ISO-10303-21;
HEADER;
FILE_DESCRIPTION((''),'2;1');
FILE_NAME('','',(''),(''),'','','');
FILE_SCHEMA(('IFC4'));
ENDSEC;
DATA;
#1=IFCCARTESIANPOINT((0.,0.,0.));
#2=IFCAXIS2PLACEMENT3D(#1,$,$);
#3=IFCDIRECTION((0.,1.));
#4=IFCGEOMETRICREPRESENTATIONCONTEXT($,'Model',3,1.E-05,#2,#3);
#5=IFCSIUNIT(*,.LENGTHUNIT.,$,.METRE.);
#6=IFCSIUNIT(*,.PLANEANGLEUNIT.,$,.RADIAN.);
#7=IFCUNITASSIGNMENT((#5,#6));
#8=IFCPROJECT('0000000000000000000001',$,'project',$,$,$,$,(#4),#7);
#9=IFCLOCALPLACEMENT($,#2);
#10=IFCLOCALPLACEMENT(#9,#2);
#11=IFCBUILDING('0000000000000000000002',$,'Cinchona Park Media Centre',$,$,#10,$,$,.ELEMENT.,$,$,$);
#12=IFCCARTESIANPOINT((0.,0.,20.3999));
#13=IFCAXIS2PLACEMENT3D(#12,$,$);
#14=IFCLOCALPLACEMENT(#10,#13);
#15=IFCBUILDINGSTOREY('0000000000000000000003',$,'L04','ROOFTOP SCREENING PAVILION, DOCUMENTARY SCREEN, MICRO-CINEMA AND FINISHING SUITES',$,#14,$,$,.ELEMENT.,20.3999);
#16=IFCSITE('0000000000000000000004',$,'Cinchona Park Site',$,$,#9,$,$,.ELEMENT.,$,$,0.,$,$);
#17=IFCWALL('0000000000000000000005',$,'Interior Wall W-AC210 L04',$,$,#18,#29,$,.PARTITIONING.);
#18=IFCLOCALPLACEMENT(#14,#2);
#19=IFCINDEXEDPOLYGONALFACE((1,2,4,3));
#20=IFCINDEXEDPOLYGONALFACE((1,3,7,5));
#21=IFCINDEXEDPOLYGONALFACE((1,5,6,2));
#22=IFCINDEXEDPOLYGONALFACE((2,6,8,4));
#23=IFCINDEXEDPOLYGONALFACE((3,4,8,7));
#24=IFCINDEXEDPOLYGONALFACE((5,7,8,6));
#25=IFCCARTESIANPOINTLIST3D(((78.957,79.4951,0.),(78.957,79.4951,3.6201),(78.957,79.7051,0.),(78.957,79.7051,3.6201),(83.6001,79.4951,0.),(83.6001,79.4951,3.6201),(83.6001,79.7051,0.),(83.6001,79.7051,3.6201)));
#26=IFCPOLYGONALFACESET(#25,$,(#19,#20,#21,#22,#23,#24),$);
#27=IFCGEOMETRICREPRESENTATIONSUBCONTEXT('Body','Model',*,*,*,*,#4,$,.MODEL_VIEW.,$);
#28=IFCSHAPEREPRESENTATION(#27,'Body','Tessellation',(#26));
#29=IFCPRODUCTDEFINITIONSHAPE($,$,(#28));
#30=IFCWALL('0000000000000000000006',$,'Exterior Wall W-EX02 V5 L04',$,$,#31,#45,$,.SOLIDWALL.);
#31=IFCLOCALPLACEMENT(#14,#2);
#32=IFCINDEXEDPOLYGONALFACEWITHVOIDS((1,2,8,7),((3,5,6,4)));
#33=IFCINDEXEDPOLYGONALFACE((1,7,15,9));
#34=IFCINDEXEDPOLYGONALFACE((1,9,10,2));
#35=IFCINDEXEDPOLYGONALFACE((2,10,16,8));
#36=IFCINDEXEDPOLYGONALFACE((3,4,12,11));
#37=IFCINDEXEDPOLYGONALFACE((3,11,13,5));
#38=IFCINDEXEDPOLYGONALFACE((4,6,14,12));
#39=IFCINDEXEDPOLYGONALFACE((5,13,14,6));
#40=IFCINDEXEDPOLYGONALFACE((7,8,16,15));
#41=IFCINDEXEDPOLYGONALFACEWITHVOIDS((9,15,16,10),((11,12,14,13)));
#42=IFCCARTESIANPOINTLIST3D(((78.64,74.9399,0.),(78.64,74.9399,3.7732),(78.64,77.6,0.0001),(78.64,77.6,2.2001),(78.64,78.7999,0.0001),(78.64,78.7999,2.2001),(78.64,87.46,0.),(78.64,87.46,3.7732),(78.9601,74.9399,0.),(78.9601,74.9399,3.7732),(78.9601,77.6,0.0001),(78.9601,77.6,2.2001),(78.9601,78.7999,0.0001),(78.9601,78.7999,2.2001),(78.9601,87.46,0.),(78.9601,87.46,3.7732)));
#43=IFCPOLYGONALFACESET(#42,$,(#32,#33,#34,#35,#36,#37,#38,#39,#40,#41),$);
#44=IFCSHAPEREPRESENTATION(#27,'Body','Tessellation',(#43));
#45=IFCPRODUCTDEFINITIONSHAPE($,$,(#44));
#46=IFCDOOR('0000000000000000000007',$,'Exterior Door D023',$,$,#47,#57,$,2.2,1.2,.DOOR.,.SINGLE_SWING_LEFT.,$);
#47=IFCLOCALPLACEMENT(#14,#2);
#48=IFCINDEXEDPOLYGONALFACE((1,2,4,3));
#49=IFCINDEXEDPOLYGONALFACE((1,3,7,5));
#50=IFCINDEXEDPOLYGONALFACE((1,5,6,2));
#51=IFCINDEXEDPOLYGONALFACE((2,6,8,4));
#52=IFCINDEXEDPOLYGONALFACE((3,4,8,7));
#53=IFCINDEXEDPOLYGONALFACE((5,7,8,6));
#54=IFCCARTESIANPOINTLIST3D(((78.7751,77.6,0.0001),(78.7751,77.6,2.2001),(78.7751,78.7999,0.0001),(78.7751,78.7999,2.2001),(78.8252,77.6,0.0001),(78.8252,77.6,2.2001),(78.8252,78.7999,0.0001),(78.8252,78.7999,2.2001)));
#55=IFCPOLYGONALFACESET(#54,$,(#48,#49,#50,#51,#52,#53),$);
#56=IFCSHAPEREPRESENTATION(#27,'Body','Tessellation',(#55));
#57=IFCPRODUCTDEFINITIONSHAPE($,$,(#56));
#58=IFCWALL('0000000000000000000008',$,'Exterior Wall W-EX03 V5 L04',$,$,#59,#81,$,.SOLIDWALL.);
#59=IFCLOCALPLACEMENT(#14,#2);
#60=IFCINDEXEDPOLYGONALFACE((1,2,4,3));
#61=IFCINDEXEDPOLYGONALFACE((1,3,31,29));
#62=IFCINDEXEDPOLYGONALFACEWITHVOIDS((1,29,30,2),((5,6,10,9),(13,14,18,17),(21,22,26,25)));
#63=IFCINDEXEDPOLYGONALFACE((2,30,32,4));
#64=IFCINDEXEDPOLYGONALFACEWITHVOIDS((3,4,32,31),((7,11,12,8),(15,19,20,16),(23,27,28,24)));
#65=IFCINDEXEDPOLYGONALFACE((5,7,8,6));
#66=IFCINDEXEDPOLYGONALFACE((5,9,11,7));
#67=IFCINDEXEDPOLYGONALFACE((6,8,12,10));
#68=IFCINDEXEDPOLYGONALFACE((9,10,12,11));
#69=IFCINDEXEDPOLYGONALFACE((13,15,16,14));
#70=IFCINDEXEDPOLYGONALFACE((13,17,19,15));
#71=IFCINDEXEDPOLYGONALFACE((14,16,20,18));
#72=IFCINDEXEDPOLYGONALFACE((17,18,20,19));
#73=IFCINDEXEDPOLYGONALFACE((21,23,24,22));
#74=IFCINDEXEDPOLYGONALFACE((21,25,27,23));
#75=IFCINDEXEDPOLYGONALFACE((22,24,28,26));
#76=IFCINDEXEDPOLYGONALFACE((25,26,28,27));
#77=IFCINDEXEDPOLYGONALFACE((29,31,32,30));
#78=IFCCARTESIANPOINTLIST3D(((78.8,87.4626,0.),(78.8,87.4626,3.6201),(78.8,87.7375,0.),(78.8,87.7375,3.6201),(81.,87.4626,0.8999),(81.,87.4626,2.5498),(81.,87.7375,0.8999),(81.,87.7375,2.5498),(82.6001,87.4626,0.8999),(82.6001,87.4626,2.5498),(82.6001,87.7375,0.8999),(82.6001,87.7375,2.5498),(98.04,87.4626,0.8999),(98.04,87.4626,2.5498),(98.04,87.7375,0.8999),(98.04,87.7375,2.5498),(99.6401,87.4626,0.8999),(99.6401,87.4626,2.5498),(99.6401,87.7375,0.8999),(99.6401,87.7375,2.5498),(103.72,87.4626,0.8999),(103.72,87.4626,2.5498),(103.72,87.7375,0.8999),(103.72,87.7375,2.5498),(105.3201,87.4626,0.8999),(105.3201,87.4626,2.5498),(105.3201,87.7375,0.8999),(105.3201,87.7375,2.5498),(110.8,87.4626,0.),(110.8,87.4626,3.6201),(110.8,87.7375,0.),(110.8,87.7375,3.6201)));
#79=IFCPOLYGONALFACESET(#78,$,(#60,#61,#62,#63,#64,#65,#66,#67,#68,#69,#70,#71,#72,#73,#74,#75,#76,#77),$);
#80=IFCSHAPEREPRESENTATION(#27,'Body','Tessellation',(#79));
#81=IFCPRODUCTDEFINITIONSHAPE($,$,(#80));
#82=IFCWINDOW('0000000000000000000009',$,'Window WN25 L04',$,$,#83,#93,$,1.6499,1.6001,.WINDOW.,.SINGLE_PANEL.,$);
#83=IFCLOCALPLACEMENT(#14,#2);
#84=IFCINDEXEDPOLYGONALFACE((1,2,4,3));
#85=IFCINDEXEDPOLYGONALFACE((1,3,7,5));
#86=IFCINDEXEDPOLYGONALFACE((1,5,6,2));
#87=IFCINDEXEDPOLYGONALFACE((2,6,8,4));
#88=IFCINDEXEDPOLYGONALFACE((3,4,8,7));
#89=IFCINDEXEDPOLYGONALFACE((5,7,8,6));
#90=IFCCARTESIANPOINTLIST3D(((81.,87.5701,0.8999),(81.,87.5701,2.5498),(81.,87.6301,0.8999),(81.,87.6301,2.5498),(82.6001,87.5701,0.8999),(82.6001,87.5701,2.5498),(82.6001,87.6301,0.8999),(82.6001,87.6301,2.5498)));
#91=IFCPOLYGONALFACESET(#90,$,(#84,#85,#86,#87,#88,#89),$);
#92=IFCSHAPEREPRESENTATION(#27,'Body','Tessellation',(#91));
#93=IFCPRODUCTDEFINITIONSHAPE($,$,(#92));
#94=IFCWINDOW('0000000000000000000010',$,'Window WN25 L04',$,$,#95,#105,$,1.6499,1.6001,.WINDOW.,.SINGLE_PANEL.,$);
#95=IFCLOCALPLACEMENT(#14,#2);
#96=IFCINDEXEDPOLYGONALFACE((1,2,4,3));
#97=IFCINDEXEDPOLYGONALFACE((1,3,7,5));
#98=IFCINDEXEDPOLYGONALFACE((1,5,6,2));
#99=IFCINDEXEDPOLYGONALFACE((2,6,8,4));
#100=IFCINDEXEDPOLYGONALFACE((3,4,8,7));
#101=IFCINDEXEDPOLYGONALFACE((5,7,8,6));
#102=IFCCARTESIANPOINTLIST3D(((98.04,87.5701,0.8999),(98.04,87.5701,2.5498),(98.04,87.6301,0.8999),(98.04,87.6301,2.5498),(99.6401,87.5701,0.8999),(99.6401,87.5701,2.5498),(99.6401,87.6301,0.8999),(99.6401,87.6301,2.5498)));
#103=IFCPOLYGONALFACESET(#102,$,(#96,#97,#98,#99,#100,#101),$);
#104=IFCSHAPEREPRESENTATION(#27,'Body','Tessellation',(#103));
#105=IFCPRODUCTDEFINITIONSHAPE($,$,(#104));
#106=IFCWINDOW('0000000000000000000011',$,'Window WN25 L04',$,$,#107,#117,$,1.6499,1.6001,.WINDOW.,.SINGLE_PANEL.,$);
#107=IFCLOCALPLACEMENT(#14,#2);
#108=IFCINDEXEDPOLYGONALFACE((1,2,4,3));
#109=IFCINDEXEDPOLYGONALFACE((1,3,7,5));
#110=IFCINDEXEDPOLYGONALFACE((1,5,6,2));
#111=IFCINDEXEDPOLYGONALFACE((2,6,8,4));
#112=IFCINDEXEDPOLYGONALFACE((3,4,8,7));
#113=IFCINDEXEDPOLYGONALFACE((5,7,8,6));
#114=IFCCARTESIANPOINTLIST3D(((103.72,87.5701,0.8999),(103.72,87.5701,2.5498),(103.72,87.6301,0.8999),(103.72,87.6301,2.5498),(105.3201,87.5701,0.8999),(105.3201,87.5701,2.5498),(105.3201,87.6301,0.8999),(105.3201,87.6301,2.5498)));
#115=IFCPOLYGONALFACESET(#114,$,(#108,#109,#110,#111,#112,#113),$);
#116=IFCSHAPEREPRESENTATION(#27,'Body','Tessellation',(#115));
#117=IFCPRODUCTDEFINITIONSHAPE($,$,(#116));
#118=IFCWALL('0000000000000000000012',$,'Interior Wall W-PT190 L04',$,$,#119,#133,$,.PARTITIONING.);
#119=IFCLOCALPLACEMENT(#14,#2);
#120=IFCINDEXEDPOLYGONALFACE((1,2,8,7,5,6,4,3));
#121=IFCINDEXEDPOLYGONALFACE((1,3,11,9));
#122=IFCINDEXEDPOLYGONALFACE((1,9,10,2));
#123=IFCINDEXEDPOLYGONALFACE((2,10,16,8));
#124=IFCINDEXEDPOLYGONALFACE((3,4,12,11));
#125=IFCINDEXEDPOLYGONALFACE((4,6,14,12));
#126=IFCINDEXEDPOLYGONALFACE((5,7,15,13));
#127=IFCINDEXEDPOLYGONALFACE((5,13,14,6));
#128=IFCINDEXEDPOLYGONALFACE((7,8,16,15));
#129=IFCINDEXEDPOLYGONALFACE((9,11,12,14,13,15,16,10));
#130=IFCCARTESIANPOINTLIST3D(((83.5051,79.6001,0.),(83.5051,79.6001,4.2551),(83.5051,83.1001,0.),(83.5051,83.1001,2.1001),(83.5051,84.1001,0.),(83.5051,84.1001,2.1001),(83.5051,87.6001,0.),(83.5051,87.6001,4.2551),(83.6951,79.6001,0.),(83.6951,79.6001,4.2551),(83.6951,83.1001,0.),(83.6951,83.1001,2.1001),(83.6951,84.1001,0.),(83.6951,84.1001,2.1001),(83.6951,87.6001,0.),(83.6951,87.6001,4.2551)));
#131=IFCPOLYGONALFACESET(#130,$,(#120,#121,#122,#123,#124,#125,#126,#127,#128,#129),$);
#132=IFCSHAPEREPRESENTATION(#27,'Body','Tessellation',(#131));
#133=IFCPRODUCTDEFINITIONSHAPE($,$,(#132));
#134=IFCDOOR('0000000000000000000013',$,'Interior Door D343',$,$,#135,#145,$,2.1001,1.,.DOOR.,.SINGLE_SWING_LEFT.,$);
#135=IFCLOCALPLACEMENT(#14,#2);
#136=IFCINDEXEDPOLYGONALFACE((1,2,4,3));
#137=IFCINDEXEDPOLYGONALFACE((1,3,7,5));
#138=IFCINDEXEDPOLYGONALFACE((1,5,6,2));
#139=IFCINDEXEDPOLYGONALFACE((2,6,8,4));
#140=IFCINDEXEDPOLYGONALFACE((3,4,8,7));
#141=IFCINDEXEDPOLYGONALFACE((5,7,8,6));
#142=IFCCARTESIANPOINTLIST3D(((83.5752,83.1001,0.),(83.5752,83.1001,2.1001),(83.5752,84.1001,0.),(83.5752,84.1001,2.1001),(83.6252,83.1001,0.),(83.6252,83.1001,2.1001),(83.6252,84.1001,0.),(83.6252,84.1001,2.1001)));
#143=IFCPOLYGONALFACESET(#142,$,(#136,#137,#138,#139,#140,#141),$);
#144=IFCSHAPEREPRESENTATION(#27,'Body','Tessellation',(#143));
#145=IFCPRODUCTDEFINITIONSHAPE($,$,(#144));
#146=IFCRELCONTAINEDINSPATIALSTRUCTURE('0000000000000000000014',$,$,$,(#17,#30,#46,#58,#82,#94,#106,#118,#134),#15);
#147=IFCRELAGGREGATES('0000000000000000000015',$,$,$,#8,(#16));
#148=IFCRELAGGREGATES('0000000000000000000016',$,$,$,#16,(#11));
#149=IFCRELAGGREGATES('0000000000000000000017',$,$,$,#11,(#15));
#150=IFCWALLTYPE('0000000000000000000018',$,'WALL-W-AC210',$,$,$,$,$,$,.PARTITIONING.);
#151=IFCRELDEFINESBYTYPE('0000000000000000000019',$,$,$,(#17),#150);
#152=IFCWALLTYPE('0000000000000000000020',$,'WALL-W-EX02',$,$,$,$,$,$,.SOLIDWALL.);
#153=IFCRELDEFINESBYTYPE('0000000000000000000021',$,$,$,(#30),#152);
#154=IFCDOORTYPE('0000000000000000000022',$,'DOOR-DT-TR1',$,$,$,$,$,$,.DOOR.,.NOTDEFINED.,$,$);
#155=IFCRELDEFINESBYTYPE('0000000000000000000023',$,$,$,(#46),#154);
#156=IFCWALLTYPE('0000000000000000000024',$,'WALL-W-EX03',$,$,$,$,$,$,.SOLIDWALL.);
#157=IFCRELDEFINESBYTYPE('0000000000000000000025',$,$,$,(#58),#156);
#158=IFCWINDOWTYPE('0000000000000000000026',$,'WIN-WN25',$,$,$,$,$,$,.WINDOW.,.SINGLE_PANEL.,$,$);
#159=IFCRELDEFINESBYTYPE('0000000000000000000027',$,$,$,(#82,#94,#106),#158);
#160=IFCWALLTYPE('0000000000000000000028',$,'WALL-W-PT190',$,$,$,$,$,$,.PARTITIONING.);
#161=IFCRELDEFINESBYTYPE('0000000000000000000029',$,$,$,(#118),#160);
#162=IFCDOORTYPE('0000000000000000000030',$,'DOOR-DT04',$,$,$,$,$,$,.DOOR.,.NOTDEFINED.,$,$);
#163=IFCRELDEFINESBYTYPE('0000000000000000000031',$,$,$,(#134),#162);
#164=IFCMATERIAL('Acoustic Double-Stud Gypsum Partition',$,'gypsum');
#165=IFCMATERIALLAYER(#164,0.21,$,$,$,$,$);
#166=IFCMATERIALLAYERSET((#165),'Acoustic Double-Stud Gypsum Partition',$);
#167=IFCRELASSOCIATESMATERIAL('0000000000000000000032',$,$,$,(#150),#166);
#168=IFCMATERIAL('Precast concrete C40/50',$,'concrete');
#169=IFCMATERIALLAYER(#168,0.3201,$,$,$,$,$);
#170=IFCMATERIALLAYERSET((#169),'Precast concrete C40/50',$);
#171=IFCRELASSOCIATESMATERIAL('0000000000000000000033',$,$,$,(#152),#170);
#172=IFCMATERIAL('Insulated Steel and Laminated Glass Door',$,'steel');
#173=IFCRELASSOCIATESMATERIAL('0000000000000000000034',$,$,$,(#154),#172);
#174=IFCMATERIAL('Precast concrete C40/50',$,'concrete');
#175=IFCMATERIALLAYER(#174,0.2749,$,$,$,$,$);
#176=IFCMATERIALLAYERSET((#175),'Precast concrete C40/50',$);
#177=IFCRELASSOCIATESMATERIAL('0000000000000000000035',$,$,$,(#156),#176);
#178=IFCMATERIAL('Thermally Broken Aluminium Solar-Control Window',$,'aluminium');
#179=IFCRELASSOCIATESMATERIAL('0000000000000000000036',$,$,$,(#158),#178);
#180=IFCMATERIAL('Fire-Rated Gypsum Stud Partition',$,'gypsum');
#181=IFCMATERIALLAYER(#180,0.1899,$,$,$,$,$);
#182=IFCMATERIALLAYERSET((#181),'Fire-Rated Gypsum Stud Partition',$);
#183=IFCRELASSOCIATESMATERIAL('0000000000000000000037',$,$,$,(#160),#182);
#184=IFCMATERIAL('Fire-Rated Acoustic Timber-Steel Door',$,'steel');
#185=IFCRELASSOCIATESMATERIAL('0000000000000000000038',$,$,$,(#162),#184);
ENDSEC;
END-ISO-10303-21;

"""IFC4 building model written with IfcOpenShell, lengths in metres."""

from ifc_helpers import new_model, si_unit, direction, frame, frame_2d, origin, place, context, subcontext, project, spatial, rectangle, extrude, material, layer, layer_set, type_object, element, fill, save


model = new_model("IFC4")

# Units and contexts
model_context = context("Model", 3, precision=1e-05, world=origin(), true_north=direction((0.0, 1.0)))
body_context = subcontext(model_context, "Body", "Model", "MODEL_VIEW")
ifc_project = project(units=[si_unit("LENGTHUNIT", "METRE"), si_unit("PLANEANGLEUNIT", "RADIAN")], contexts=[model_context])

# Site, building, storey
site_placement = place(None, origin())
site = spatial("IfcSite", under=ifc_project, at=site_placement, Name="Cinchona Park Site", CompositionType="ELEMENT", RefElevation=0.0)
building_placement = place(site_placement, origin())
building = spatial("IfcBuilding", under=site, at=building_placement, Name="Cinchona Park Media Centre", CompositionType="ELEMENT")
storey_placement = place(building_placement, frame((0.0, 0.0, 20.3999)))
storey = spatial("IfcBuildingStorey", under=building, at=storey_placement, Name="L04", Description="ROOFTOP SCREENING PAVILION, DOCUMENTARY SCREEN, MICRO-CINEMA AND FINISHING SUITES", CompositionType="ELEMENT", Elevation=20.3999)

# Wall
ifc_material_1 = material(Name="Acoustic Double-Stud Gypsum Partition", Category="gypsum")
ifc_layer_1 = layer(ifc_material_1, 0.21)
ifc_layer_set_1 = layer_set([ifc_layer_1], Name="Acoustic Double-Stud Gypsum Partition")
wall_type_1 = type_object("IfcWallType", Name="WALL-W-AC210", PredefinedType="PARTITIONING", material=ifc_layer_set_1)
wall_1_placement = place(storey_placement, frame((78.957, 79.6001, 0.0), z_axis=(0.0, 0.0, 1.0), x_axis=(1.0, 0.0, 0.0)))
element("IfcWall", 1, at=wall_1_placement, inside=storey, type_object=wall_type_1, Name="Interior Wall W-AC210 L04", PredefinedType="PARTITIONING", context=body_context, shape_type="SweptSolid", body=[
    extrude(rectangle(XDim=4.6431, YDim=0.21, at=frame_2d((2.3215, 0.0))), origin(), (0.0, 0.0, 1.0), 3.6201),
])

# Wall, opening, door
ifc_material_2 = material(Name="Precast concrete C40/50", Category="concrete")
ifc_layer_2 = layer(ifc_material_2, 0.3201)
ifc_layer_set_2 = layer_set([ifc_layer_2], Name="Precast concrete C40/50")
wall_type_2 = type_object("IfcWallType", Name="WALL-W-EX02", PredefinedType="SOLIDWALL", material=ifc_layer_set_2)
wall_2_placement = place(storey_placement, frame((78.8, 74.9399, 0.0), z_axis=(0.0, 0.0, 1.0), x_axis=(0.0, 1.0, 0.0)))
wall_2 = element("IfcWall", 2, at=wall_2_placement, inside=storey, type_object=wall_type_2, Name="Exterior Wall W-EX02 V5 L04", PredefinedType="SOLIDWALL", context=body_context, shape_type="SweptSolid", body=[
    extrude(rectangle(XDim=12.52, YDim=0.3201, at=frame_2d((6.26, 0.0))), origin(), (0.0, 0.0, 1.0), 3.7732),
])
opening_1_placement = place(wall_2_placement, frame((2.6599, 0.0, 0.0)))
opening_1 = element("IfcOpeningElement", 3, at=opening_1_placement, cuts=wall_2, PredefinedType="OPENING", context=body_context, shape_type="SweptSolid", body=[
    extrude(rectangle(XDim=1.2, YDim=2.2, at=frame_2d((0.6001, 1.1001))), frame((0.0, 0.1699, 0.0), z_axis=(0.0, -1.0, 0.0), x_axis=(1.0, 0.0, 0.0)), (0.0, 0.0, 1.0), 0.3401),
])
ifc_material_3 = material(Name="Insulated Steel and Laminated Glass Door", Category="steel")
door_type_1 = type_object("IfcDoorType", Name="DOOR-DT-TR1", OperationType="NOTDEFINED", PredefinedType="DOOR", material=ifc_material_3)
door_1_placement = place(opening_1_placement, origin())
door_1 = element("IfcDoor", 4, at=door_1_placement, inside=storey, type_object=door_type_1, Name="Exterior Door D023", OperationType="SINGLE_SWING_LEFT", OverallHeight=2.2, OverallWidth=1.2, PredefinedType="DOOR", context=body_context, shape_type="SweptSolid", body=[
    extrude(rectangle(XDim=1.2, YDim=2.2, at=frame_2d((0.6001, 1.1001))), frame((0.0, 0.0249, 0.0), z_axis=(0.0, -1.0, 0.0), x_axis=(1.0, 0.0, 0.0)), (0.0, 0.0, 1.0), 0.05),
])
fill(opening_1, door_1)

# Wall, openings, windows
ifc_material_4 = material(Name="Precast concrete C40/50", Category="concrete")
ifc_layer_3 = layer(ifc_material_4, 0.2749)
ifc_layer_set_3 = layer_set([ifc_layer_3], Name="Precast concrete C40/50")
wall_type_3 = type_object("IfcWallType", Name="WALL-W-EX03", PredefinedType="SOLIDWALL", material=ifc_layer_set_3)
wall_3_placement = place(storey_placement, frame((78.8, 87.6001, 0.0), z_axis=(0.0, 0.0, 1.0), x_axis=(1.0, 0.0, 0.0)))
wall_3 = element("IfcWall", 5, at=wall_3_placement, inside=storey, type_object=wall_type_3, Name="Exterior Wall W-EX03 V5 L04", PredefinedType="SOLIDWALL", context=body_context, shape_type="SweptSolid", body=[
    extrude(rectangle(XDim=32.0, YDim=0.2749, at=frame_2d((16.0, 0.0))), origin(), (0.0, 0.0, 1.0), 3.6201),
])
opening_2_placement = place(wall_3_placement, frame((2.2, 0.0, 0.8999)))
opening_2 = element("IfcOpeningElement", 6, at=opening_2_placement, cuts=wall_3, PredefinedType="OPENING", context=body_context, shape_type="SweptSolid", body=[
    extrude(rectangle(XDim=1.6001, YDim=1.6499, at=frame_2d((0.8, 0.825))), frame((0.0, 0.1475, 0.0), z_axis=(0.0, -1.0, 0.0), x_axis=(1.0, 0.0, 0.0)), (0.0, 0.0, 1.0), 0.2949),
])
opening_3_placement = place(wall_3_placement, frame((19.24, 0.0, 0.8999)))
opening_3 = element("IfcOpeningElement", 7, at=opening_3_placement, cuts=wall_3, PredefinedType="OPENING", context=body_context, shape_type="SweptSolid", body=[
    extrude(rectangle(XDim=1.6001, YDim=1.6499, at=frame_2d((0.8, 0.825))), frame((0.0, 0.1475, 0.0), z_axis=(0.0, -1.0, 0.0), x_axis=(1.0, 0.0, 0.0)), (0.0, 0.0, 1.0), 0.2949),
])
opening_4_placement = place(wall_3_placement, frame((24.9199, 0.0, 0.8999)))
opening_4 = element("IfcOpeningElement", 8, at=opening_4_placement, cuts=wall_3, PredefinedType="OPENING", context=body_context, shape_type="SweptSolid", body=[
    extrude(rectangle(XDim=1.6001, YDim=1.6499, at=frame_2d((0.8, 0.825))), frame((0.0, 0.1475, 0.0), z_axis=(0.0, -1.0, 0.0), x_axis=(1.0, 0.0, 0.0)), (0.0, 0.0, 1.0), 0.2949),
])
ifc_material_5 = material(Name="Thermally Broken Aluminium Solar-Control Window", Category="aluminium")
window_type = type_object("IfcWindowType", Name="WIN-WN25", PartitioningType="SINGLE_PANEL", PredefinedType="WINDOW", material=ifc_material_5)
window_1_placement = place(opening_2_placement, origin())
window_1 = element("IfcWindow", 9, at=window_1_placement, inside=storey, type_object=window_type, Name="Window WN25 L04", OverallHeight=1.6499, OverallWidth=1.6001, PartitioningType="SINGLE_PANEL", PredefinedType="WINDOW", context=body_context, shape_type="SweptSolid", body=[
    extrude(rectangle(XDim=1.6001, YDim=1.6499, at=frame_2d((0.8, 0.825))), frame((0.0, 0.03, 0.0), z_axis=(0.0, -1.0, 0.0), x_axis=(1.0, 0.0, 0.0)), (0.0, 0.0, 1.0), 0.0601),
])
fill(opening_2, window_1)
window_2_placement = place(opening_3_placement, origin())
window_2 = element("IfcWindow", 10, at=window_2_placement, inside=storey, type_object=window_type, Name="Window WN25 L04", OverallHeight=1.6499, OverallWidth=1.6001, PartitioningType="SINGLE_PANEL", PredefinedType="WINDOW", context=body_context, shape_type="SweptSolid", body=[
    extrude(rectangle(XDim=1.6001, YDim=1.6499, at=frame_2d((0.8, 0.825))), frame((0.0, 0.03, 0.0), z_axis=(0.0, -1.0, 0.0), x_axis=(1.0, 0.0, 0.0)), (0.0, 0.0, 1.0), 0.0601),
])
fill(opening_3, window_2)
window_3_placement = place(opening_4_placement, origin())
window_3 = element("IfcWindow", 11, at=window_3_placement, inside=storey, type_object=window_type, Name="Window WN25 L04", OverallHeight=1.6499, OverallWidth=1.6001, PartitioningType="SINGLE_PANEL", PredefinedType="WINDOW", context=body_context, shape_type="SweptSolid", body=[
    extrude(rectangle(XDim=1.6001, YDim=1.6499, at=frame_2d((0.8, 0.825))), frame((0.0, 0.03, 0.0), z_axis=(0.0, -1.0, 0.0), x_axis=(1.0, 0.0, 0.0)), (0.0, 0.0, 1.0), 0.0601),
])
fill(opening_4, window_3)

# Wall, opening, door
ifc_material_6 = material(Name="Fire-Rated Gypsum Stud Partition", Category="gypsum")
ifc_layer_4 = layer(ifc_material_6, 0.1899)
ifc_layer_set_4 = layer_set([ifc_layer_4], Name="Fire-Rated Gypsum Stud Partition")
wall_type_4 = type_object("IfcWallType", Name="WALL-W-PT190", PredefinedType="PARTITIONING", material=ifc_layer_set_4)
wall_4_placement = place(storey_placement, frame((83.6001, 79.6001, 0.0), z_axis=(0.0, 0.0, 1.0), x_axis=(0.0, 1.0, 0.0)))
wall_4 = element("IfcWall", 12, at=wall_4_placement, inside=storey, type_object=wall_type_4, Name="Interior Wall W-PT190 L04", PredefinedType="PARTITIONING", context=body_context, shape_type="SweptSolid", body=[
    extrude(rectangle(XDim=8.0, YDim=0.1899, at=frame_2d((4.0, 0.0))), origin(), (0.0, 0.0, 1.0), 4.2551),
])
opening_5_placement = place(wall_4_placement, frame((3.5, 0.0, 0.0)))
opening_5 = element("IfcOpeningElement", 13, at=opening_5_placement, cuts=wall_4, PredefinedType="OPENING", context=body_context, shape_type="SweptSolid", body=[
    extrude(rectangle(XDim=1.0, YDim=2.1001, at=frame_2d((0.5, 1.05))), frame((0.0, 0.105, 0.0), z_axis=(0.0, -1.0, 0.0), x_axis=(1.0, 0.0, 0.0)), (0.0, 0.0, 1.0), 0.21),
])
ifc_material_7 = material(Name="Fire-Rated Acoustic Timber-Steel Door", Category="steel")
door_type_2 = type_object("IfcDoorType", Name="DOOR-DT04", OperationType="NOTDEFINED", PredefinedType="DOOR", material=ifc_material_7)
door_2_placement = place(opening_5_placement, origin())
door_2 = element("IfcDoor", 14, at=door_2_placement, inside=storey, type_object=door_type_2, Name="Interior Door D343", OperationType="SINGLE_SWING_LEFT", OverallHeight=2.1001, OverallWidth=1.0, PredefinedType="DOOR", context=body_context, shape_type="SweptSolid", body=[
    extrude(rectangle(XDim=1.0, YDim=2.1001, at=frame_2d((0.5, 1.05))), frame((0.0, 0.0249, 0.0), z_axis=(0.0, -1.0, 0.0), x_axis=(1.0, 0.0, 0.0)), (0.0, 0.0, 1.0), 0.05),
])
fill(opening_5, door_2)

save(model, "model.ifc")
